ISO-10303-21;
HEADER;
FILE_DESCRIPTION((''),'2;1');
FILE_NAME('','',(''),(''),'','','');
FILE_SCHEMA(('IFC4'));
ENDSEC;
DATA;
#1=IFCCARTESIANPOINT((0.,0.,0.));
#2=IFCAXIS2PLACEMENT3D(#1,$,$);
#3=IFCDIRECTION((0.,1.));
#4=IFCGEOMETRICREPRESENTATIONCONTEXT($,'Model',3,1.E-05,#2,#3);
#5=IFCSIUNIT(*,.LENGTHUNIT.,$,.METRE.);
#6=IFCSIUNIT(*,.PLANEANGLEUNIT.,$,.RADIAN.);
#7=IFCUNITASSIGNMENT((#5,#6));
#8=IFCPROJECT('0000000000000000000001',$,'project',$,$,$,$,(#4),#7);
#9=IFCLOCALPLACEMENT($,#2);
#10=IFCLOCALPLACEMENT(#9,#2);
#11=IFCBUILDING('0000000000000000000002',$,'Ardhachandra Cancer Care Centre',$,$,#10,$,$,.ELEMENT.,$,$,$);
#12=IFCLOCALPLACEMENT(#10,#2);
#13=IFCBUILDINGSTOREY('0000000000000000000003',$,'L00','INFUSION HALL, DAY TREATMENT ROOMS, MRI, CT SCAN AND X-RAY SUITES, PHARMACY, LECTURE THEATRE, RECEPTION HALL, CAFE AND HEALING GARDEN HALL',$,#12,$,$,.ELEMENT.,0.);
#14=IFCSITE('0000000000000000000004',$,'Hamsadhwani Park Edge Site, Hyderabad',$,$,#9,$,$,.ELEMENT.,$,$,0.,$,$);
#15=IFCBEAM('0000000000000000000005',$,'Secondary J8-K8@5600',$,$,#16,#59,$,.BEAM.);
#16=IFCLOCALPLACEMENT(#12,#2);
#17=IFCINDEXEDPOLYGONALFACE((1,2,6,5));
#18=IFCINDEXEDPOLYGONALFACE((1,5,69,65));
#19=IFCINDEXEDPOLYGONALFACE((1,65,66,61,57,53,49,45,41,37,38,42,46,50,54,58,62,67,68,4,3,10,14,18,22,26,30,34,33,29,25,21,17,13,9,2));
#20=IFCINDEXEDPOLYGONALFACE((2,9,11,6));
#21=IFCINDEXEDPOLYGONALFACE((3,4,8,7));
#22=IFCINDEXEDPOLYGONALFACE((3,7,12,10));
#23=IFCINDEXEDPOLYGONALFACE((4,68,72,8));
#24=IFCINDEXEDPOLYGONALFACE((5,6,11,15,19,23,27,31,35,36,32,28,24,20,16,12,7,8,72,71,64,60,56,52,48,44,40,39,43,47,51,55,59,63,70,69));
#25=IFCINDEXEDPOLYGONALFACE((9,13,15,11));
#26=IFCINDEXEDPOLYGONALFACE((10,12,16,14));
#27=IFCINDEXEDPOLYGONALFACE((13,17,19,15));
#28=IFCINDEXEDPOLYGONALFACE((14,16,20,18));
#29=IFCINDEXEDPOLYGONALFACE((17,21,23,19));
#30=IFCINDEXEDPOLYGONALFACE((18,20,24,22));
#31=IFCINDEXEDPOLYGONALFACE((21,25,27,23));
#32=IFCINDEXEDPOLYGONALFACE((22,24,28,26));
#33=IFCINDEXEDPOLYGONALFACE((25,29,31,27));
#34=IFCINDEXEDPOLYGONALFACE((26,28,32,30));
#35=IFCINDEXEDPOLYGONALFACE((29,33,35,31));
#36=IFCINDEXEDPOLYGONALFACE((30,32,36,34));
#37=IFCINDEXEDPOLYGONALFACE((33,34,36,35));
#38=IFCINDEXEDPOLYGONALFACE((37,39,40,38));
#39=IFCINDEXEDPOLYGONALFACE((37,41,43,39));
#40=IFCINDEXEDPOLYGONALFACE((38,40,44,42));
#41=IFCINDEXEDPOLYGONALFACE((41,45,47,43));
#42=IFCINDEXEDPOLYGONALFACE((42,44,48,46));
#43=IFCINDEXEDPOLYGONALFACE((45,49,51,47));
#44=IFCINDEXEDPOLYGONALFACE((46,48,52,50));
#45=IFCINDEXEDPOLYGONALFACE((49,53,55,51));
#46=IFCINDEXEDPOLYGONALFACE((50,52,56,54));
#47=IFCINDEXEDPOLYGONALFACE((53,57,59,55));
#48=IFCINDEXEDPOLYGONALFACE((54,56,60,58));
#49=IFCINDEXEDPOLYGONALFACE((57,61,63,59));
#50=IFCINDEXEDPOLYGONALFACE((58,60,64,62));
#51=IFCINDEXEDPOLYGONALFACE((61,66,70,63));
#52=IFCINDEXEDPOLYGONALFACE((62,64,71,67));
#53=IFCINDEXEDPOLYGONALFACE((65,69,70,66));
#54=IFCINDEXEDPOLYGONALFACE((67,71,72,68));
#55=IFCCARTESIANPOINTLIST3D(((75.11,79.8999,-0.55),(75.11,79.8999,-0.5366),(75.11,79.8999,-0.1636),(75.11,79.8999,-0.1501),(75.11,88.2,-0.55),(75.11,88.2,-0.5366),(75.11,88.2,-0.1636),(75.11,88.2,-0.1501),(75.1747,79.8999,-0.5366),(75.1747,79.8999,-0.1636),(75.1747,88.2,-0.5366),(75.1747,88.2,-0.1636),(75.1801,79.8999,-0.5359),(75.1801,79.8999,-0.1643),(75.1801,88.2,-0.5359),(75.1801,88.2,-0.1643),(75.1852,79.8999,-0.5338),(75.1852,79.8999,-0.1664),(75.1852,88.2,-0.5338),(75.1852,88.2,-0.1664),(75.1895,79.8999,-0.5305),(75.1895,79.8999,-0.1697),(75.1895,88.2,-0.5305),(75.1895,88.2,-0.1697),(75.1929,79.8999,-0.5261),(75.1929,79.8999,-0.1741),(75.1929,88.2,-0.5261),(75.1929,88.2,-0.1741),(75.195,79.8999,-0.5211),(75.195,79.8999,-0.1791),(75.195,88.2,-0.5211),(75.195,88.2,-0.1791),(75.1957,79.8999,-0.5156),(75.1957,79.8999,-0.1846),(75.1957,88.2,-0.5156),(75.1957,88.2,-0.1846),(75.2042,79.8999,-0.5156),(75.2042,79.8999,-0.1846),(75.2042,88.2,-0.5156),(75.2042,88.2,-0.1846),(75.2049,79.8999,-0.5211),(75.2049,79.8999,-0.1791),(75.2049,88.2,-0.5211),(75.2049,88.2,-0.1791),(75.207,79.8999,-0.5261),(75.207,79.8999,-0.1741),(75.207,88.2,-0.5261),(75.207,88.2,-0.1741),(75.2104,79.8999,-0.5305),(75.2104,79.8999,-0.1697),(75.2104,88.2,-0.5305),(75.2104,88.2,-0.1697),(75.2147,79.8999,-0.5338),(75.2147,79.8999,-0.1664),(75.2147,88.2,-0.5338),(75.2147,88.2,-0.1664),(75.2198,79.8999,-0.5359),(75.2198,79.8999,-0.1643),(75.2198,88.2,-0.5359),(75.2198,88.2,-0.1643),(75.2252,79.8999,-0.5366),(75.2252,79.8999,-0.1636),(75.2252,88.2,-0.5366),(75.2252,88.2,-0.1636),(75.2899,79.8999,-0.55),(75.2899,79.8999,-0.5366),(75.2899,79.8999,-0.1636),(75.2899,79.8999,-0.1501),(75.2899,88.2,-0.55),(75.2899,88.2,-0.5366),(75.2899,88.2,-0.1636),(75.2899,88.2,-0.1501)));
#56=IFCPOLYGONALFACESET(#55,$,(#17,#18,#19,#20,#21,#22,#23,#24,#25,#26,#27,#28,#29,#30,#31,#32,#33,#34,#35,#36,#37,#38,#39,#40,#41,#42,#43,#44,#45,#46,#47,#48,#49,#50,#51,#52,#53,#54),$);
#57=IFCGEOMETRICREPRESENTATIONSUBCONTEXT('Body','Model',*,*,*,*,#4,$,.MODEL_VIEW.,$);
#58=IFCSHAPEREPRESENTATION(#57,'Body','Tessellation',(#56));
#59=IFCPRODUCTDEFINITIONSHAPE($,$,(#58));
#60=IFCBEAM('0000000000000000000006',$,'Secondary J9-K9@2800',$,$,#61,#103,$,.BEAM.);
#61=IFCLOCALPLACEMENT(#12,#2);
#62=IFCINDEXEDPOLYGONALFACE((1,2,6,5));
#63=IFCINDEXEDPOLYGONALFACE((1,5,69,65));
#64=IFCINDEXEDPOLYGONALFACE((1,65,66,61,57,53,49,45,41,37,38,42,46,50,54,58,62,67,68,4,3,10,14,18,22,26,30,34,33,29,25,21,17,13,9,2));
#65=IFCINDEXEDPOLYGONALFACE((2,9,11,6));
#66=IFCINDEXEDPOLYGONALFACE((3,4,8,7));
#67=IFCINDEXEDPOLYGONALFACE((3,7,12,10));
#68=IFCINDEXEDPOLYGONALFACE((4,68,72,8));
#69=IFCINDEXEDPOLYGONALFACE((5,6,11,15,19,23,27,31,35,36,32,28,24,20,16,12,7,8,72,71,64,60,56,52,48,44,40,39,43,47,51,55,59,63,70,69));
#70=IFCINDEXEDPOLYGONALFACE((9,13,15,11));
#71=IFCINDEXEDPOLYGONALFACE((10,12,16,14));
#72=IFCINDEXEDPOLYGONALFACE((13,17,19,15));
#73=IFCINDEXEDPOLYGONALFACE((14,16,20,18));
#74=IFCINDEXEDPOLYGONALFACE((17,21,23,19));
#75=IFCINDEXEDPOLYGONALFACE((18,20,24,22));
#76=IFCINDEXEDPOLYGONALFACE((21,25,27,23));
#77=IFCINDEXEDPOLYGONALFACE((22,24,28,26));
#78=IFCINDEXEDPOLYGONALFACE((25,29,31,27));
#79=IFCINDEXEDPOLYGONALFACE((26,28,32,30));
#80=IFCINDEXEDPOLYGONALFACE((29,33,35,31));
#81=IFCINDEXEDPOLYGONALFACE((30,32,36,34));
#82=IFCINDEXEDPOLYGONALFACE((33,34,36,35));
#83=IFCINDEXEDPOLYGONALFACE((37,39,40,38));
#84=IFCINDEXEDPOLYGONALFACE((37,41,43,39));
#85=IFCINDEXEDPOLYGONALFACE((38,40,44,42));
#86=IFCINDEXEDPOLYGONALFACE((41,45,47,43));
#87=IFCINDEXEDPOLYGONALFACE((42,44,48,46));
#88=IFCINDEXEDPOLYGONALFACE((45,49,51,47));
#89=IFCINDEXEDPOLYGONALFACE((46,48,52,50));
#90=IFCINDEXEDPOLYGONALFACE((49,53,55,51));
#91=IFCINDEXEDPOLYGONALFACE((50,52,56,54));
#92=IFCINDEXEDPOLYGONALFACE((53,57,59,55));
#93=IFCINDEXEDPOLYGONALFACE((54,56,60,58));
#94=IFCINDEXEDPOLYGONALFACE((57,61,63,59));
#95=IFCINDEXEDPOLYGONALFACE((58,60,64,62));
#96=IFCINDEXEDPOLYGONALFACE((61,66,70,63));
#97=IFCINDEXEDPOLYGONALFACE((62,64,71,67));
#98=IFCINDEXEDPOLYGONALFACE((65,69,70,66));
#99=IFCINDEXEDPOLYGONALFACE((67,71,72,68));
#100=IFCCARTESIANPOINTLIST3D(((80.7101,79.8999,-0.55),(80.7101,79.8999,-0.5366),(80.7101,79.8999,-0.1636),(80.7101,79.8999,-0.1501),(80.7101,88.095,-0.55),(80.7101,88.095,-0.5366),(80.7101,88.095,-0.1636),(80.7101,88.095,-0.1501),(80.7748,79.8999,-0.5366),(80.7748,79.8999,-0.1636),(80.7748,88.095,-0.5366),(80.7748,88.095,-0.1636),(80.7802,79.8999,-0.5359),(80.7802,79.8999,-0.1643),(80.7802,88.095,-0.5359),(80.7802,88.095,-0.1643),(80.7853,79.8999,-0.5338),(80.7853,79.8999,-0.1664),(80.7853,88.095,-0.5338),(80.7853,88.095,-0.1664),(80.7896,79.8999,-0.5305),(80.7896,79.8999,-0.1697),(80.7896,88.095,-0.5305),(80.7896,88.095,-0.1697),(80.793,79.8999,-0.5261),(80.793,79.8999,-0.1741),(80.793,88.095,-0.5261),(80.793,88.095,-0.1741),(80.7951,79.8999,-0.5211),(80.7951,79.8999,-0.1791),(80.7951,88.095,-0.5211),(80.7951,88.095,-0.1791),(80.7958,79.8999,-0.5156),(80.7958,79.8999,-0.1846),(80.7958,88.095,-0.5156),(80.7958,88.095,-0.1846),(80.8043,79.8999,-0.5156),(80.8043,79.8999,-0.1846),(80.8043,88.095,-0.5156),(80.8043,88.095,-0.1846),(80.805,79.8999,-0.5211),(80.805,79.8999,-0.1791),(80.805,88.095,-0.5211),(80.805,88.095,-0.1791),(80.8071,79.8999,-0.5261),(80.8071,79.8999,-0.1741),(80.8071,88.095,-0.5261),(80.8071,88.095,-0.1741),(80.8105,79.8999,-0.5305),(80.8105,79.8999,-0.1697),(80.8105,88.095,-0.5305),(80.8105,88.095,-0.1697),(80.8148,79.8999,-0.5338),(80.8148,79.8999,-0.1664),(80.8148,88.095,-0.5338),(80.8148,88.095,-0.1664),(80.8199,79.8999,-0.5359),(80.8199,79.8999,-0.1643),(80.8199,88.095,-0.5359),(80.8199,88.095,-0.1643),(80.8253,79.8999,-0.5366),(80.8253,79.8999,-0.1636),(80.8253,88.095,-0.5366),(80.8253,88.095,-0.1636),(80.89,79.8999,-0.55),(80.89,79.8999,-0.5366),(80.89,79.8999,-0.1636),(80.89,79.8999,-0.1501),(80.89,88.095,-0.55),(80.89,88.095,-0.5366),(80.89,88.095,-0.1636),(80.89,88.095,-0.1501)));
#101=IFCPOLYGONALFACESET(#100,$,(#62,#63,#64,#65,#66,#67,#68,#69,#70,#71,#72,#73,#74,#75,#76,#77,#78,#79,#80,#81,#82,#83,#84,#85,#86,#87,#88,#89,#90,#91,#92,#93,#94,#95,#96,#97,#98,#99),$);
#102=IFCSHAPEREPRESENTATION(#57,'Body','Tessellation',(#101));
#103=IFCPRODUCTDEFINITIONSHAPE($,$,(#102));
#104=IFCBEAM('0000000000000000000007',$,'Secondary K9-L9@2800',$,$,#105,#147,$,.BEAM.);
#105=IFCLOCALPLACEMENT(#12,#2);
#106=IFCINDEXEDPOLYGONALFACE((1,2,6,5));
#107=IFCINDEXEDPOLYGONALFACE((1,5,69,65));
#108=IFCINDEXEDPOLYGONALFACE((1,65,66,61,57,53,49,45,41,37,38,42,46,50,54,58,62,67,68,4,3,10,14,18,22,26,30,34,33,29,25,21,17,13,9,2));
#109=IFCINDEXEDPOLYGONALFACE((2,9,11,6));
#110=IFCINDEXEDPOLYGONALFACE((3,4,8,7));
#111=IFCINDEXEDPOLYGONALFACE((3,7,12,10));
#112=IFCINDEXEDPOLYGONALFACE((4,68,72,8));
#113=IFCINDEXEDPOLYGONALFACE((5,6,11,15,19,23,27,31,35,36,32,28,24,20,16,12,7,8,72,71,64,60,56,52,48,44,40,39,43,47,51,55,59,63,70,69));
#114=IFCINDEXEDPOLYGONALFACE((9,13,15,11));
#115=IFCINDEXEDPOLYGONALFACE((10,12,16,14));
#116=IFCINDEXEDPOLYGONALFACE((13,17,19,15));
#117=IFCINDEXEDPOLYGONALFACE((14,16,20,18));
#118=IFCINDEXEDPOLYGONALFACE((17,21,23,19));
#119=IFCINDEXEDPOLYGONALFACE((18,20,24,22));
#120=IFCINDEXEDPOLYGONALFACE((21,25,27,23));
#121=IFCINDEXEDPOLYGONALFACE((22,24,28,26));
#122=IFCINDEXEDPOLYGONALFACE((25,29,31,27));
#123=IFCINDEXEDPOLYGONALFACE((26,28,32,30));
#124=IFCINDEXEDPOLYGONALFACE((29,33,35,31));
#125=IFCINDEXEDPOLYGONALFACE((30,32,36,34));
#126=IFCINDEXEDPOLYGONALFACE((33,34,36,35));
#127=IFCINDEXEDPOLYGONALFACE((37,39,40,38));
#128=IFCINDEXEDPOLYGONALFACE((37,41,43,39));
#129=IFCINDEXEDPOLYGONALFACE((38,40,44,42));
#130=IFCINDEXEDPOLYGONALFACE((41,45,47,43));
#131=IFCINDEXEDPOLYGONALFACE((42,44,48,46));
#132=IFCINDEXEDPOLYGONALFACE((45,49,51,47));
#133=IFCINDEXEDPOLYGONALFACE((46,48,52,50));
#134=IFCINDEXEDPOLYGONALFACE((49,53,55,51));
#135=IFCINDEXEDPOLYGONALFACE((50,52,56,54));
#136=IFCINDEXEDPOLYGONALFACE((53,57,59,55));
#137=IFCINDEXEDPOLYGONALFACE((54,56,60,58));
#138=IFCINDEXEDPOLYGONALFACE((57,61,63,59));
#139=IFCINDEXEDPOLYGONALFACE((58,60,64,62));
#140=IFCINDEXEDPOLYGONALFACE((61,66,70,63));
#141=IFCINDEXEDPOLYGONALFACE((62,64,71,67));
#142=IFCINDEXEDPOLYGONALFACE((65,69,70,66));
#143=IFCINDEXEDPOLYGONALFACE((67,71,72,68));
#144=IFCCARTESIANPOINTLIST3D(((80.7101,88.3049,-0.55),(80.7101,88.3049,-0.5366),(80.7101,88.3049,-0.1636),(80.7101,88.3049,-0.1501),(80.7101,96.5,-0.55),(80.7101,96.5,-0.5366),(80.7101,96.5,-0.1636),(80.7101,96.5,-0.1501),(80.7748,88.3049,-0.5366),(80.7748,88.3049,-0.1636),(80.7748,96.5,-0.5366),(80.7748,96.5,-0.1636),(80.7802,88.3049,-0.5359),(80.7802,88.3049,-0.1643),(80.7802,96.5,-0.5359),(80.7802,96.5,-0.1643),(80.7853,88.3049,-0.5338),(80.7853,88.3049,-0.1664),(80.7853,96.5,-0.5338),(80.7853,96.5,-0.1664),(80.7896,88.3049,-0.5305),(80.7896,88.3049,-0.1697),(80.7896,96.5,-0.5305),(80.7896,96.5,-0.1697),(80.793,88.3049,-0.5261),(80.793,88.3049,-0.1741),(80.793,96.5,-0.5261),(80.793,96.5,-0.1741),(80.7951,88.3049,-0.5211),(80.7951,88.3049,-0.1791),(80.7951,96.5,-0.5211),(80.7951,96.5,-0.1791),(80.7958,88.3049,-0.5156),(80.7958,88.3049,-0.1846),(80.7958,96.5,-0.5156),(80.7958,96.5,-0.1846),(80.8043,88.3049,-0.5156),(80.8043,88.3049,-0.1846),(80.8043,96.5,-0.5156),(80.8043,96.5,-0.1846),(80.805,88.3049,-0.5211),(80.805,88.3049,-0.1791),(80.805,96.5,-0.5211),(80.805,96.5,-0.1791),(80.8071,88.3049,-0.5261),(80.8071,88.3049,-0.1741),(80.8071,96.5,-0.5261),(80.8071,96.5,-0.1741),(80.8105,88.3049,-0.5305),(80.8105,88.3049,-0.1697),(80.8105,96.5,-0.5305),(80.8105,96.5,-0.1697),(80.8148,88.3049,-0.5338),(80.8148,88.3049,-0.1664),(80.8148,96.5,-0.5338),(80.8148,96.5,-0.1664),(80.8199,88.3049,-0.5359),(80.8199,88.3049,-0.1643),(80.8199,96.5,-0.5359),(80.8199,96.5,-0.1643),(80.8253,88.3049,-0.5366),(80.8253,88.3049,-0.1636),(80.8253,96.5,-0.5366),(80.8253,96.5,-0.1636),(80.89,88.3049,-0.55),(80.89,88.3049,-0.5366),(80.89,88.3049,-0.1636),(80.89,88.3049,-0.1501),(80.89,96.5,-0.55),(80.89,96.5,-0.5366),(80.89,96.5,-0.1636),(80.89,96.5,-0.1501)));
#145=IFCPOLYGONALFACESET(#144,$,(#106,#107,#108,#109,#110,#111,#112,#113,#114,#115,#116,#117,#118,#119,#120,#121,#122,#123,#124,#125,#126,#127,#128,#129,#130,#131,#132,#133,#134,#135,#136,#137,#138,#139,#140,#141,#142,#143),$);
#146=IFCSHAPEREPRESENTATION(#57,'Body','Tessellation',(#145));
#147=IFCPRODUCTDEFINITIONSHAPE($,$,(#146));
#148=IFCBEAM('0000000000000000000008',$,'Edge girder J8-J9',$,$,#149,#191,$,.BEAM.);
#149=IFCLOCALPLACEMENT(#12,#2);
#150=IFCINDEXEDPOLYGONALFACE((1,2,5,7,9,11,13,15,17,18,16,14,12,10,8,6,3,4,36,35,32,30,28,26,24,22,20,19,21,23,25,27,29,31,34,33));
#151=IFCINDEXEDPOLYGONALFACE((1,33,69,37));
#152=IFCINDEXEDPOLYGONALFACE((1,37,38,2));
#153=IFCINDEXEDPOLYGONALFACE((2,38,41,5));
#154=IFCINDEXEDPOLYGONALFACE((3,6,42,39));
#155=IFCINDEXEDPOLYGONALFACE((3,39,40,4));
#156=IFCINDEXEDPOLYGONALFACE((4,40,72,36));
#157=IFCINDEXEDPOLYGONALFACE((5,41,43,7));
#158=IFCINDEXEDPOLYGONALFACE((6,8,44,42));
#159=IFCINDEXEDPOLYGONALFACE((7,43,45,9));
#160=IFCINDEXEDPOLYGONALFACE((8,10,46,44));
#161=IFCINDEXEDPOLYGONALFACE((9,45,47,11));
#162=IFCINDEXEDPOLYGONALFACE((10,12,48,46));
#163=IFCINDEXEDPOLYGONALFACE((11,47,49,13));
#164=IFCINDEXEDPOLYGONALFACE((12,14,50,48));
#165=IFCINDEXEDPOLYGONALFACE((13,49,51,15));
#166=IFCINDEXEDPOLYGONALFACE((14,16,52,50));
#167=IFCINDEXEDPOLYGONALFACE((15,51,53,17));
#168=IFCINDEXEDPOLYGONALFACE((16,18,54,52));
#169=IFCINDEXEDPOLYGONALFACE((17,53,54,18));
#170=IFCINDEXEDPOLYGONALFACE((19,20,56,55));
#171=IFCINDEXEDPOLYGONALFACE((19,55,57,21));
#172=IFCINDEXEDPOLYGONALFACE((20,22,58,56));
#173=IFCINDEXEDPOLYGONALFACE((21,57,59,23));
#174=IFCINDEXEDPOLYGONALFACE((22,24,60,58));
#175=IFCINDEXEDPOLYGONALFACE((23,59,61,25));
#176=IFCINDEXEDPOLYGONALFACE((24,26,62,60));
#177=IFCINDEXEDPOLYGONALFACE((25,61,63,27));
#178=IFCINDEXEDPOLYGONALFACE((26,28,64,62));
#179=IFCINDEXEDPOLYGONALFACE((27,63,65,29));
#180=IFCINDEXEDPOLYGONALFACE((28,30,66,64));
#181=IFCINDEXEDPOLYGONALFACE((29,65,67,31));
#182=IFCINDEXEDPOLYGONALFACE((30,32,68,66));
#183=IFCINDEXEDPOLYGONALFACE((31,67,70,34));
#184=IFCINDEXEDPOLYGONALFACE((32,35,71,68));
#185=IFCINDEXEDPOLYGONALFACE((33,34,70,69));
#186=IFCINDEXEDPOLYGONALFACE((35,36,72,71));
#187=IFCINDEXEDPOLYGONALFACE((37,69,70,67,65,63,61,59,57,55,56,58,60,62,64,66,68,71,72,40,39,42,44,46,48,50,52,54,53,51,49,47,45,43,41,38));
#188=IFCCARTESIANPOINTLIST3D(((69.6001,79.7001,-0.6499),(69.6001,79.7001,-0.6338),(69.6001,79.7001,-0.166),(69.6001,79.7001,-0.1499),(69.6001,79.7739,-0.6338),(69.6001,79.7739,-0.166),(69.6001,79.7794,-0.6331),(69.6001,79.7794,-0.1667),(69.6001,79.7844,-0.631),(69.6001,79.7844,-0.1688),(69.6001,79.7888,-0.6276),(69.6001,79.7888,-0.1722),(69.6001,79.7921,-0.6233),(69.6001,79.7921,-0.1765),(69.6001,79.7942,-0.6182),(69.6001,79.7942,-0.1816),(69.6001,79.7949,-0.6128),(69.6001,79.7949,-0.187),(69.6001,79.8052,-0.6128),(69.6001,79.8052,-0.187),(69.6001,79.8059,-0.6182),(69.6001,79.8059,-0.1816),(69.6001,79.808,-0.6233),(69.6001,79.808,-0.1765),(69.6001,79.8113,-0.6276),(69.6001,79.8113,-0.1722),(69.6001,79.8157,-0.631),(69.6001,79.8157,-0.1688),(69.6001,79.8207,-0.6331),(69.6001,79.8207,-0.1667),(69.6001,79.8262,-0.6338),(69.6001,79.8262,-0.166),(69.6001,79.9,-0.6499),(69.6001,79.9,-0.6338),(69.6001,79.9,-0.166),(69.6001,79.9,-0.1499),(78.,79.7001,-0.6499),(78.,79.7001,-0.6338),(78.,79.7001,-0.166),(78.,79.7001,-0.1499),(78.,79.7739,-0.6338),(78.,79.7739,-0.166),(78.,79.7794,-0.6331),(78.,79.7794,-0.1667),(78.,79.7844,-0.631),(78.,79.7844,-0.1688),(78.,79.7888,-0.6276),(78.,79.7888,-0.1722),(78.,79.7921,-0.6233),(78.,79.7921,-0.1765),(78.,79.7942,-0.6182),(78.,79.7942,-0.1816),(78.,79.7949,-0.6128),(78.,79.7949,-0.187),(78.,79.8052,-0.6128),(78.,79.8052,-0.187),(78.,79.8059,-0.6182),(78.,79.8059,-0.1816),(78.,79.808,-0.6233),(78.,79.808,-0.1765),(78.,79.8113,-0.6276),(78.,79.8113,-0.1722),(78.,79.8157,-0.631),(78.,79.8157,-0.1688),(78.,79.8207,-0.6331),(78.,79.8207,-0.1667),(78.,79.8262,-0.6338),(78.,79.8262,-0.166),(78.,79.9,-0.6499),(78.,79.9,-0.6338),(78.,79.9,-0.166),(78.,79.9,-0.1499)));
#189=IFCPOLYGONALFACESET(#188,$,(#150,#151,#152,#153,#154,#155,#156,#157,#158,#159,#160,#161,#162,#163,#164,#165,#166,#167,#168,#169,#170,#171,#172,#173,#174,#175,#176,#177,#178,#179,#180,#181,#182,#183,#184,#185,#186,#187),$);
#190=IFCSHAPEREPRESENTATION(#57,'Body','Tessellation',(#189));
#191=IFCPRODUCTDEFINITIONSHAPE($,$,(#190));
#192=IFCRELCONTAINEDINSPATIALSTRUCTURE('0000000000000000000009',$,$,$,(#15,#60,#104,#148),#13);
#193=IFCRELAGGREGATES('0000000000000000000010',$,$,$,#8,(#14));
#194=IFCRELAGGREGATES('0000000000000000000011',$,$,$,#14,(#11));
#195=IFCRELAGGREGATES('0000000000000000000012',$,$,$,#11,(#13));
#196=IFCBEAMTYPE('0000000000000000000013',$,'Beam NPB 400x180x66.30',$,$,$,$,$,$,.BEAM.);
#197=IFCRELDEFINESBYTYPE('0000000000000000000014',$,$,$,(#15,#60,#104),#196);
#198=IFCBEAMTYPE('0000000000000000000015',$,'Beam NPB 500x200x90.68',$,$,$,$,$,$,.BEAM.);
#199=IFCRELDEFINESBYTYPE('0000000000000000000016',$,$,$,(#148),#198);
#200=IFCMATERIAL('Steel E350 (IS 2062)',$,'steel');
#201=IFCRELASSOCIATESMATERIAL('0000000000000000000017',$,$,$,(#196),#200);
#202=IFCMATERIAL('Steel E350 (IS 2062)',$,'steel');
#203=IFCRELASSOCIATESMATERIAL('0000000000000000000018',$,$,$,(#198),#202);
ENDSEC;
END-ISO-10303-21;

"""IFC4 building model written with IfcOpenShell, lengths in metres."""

from ifc_helpers import new_model, si_unit, direction, frame, origin, origin_2d, place, context, subcontext, project, spatial, i_section, extrude, material, material_profile, profile_set, type_object, element, save


model = new_model("IFC4")

# Units and contexts
model_context = context("Model", 3, precision=1e-05, world=origin(), true_north=direction((0.0, 1.0)))
body_context = subcontext(model_context, "Body", "Model", "MODEL_VIEW")
ifc_project = project(units=[si_unit("LENGTHUNIT", "METRE"), si_unit("PLANEANGLEUNIT", "RADIAN")], contexts=[model_context])

# Site, building, storey
site_placement = place(None, origin())
site = spatial("IfcSite", under=ifc_project, at=site_placement, Name="Hamsadhwani Park Edge Site, Hyderabad", CompositionType="ELEMENT", RefElevation=0.0)
building_placement = place(site_placement, origin())
building = spatial("IfcBuilding", under=site, at=building_placement, Name="Ardhachandra Cancer Care Centre", CompositionType="ELEMENT")
storey_placement = place(building_placement, origin())
storey = spatial("IfcBuildingStorey", under=building, at=storey_placement, Name="L00", Description="INFUSION HALL, DAY TREATMENT ROOMS, MRI, CT SCAN AND X-RAY SUITES, PHARMACY, LECTURE THEATRE, RECEPTION HALL, CAFE AND HEALING GARDEN HALL", CompositionType="ELEMENT", Elevation=0.0)

# Beams
ifc_material_1 = material(Name="Steel E350 (IS 2062)", Category="steel")
ifc_material_profile_1 = material_profile(ifc_material_1, i_section(OverallWidth=0.1799, OverallDepth=0.3999, WebThickness=0.0085, FlangeThickness=0.0134, FilletRadius=0.021, at=origin_2d()), Name="NPB 400x180x66.30")
ifc_profile_set_1 = profile_set([ifc_material_profile_1], Name="Steel E350 (IS 2062)")
beam_type_1 = type_object("IfcBeamType", Name="Beam NPB 400x180x66.30", PredefinedType="BEAM", material=ifc_profile_set_1)
for number, where, z_axis, x_axis, name in (
    (1, (75.2, 79.8999, -0.3501), (0.0, 1.0, 0.0), (-1.0, 0.0, 0.0), "Secondary J8-K8@5600"),
):
    element("IfcBeam", number, at=place(storey_placement, frame(where, z_axis=z_axis, x_axis=x_axis)), inside=storey, type_object=beam_type_1, Name=name, PredefinedType="BEAM", context=body_context, shape_type="SweptSolid", body=[
        extrude(i_section(OverallWidth=0.1799, OverallDepth=0.3999, WebThickness=0.0085, FlangeThickness=0.0134, FilletRadius=0.021, at=origin_2d()), origin(), (0.0, 0.0, 1.0), 8.3),
    ])
for number, where, z_axis, x_axis, name in (
    (2, (80.8, 79.8999, -0.3501), (0.0, 1.0, 0.0), (-1.0, 0.0, 0.0), "Secondary J9-K9@2800"),
    (3, (80.8, 88.3049, -0.3501), (0.0, 1.0, 0.0), (-1.0, 0.0, 0.0), "Secondary K9-L9@2800"),
):
    element("IfcBeam", number, at=place(storey_placement, frame(where, z_axis=z_axis, x_axis=x_axis)), inside=storey, type_object=beam_type_1, Name=name, PredefinedType="BEAM", context=body_context, shape_type="SweptSolid", body=[
        extrude(i_section(OverallWidth=0.1799, OverallDepth=0.3999, WebThickness=0.0085, FlangeThickness=0.0134, FilletRadius=0.021, at=origin_2d()), origin(), (0.0, 0.0, 1.0), 8.1951),
    ])
ifc_material_2 = material(Name="Steel E350 (IS 2062)", Category="steel")
ifc_material_profile_2 = material_profile(ifc_material_2, i_section(OverallWidth=0.2, OverallDepth=0.5, WebThickness=0.0103, FlangeThickness=0.0161, FilletRadius=0.021, at=origin_2d()), Name="NPB 500x200x90.68")
ifc_profile_set_2 = profile_set([ifc_material_profile_2], Name="Steel E350 (IS 2062)")
beam_type_2 = type_object("IfcBeamType", Name="Beam NPB 500x200x90.68", PredefinedType="BEAM", material=ifc_profile_set_2)
for number, where, z_axis, x_axis, name in (
    (4, (69.6001, 79.8, -0.3999), (1.0, 0.0, 0.0), (0.0, 1.0, 0.0), "Edge girder J8-J9"),
):
    element("IfcBeam", number, at=place(storey_placement, frame(where, z_axis=z_axis, x_axis=x_axis)), inside=storey, type_object=beam_type_2, Name=name, PredefinedType="BEAM", context=body_context, shape_type="SweptSolid", body=[
        extrude(i_section(OverallWidth=0.2, OverallDepth=0.5, WebThickness=0.0103, FlangeThickness=0.0161, FilletRadius=0.021, at=origin_2d()), origin(), (0.0, 0.0, 1.0), 8.3999),
    ])

save(model, "model.ifc")
